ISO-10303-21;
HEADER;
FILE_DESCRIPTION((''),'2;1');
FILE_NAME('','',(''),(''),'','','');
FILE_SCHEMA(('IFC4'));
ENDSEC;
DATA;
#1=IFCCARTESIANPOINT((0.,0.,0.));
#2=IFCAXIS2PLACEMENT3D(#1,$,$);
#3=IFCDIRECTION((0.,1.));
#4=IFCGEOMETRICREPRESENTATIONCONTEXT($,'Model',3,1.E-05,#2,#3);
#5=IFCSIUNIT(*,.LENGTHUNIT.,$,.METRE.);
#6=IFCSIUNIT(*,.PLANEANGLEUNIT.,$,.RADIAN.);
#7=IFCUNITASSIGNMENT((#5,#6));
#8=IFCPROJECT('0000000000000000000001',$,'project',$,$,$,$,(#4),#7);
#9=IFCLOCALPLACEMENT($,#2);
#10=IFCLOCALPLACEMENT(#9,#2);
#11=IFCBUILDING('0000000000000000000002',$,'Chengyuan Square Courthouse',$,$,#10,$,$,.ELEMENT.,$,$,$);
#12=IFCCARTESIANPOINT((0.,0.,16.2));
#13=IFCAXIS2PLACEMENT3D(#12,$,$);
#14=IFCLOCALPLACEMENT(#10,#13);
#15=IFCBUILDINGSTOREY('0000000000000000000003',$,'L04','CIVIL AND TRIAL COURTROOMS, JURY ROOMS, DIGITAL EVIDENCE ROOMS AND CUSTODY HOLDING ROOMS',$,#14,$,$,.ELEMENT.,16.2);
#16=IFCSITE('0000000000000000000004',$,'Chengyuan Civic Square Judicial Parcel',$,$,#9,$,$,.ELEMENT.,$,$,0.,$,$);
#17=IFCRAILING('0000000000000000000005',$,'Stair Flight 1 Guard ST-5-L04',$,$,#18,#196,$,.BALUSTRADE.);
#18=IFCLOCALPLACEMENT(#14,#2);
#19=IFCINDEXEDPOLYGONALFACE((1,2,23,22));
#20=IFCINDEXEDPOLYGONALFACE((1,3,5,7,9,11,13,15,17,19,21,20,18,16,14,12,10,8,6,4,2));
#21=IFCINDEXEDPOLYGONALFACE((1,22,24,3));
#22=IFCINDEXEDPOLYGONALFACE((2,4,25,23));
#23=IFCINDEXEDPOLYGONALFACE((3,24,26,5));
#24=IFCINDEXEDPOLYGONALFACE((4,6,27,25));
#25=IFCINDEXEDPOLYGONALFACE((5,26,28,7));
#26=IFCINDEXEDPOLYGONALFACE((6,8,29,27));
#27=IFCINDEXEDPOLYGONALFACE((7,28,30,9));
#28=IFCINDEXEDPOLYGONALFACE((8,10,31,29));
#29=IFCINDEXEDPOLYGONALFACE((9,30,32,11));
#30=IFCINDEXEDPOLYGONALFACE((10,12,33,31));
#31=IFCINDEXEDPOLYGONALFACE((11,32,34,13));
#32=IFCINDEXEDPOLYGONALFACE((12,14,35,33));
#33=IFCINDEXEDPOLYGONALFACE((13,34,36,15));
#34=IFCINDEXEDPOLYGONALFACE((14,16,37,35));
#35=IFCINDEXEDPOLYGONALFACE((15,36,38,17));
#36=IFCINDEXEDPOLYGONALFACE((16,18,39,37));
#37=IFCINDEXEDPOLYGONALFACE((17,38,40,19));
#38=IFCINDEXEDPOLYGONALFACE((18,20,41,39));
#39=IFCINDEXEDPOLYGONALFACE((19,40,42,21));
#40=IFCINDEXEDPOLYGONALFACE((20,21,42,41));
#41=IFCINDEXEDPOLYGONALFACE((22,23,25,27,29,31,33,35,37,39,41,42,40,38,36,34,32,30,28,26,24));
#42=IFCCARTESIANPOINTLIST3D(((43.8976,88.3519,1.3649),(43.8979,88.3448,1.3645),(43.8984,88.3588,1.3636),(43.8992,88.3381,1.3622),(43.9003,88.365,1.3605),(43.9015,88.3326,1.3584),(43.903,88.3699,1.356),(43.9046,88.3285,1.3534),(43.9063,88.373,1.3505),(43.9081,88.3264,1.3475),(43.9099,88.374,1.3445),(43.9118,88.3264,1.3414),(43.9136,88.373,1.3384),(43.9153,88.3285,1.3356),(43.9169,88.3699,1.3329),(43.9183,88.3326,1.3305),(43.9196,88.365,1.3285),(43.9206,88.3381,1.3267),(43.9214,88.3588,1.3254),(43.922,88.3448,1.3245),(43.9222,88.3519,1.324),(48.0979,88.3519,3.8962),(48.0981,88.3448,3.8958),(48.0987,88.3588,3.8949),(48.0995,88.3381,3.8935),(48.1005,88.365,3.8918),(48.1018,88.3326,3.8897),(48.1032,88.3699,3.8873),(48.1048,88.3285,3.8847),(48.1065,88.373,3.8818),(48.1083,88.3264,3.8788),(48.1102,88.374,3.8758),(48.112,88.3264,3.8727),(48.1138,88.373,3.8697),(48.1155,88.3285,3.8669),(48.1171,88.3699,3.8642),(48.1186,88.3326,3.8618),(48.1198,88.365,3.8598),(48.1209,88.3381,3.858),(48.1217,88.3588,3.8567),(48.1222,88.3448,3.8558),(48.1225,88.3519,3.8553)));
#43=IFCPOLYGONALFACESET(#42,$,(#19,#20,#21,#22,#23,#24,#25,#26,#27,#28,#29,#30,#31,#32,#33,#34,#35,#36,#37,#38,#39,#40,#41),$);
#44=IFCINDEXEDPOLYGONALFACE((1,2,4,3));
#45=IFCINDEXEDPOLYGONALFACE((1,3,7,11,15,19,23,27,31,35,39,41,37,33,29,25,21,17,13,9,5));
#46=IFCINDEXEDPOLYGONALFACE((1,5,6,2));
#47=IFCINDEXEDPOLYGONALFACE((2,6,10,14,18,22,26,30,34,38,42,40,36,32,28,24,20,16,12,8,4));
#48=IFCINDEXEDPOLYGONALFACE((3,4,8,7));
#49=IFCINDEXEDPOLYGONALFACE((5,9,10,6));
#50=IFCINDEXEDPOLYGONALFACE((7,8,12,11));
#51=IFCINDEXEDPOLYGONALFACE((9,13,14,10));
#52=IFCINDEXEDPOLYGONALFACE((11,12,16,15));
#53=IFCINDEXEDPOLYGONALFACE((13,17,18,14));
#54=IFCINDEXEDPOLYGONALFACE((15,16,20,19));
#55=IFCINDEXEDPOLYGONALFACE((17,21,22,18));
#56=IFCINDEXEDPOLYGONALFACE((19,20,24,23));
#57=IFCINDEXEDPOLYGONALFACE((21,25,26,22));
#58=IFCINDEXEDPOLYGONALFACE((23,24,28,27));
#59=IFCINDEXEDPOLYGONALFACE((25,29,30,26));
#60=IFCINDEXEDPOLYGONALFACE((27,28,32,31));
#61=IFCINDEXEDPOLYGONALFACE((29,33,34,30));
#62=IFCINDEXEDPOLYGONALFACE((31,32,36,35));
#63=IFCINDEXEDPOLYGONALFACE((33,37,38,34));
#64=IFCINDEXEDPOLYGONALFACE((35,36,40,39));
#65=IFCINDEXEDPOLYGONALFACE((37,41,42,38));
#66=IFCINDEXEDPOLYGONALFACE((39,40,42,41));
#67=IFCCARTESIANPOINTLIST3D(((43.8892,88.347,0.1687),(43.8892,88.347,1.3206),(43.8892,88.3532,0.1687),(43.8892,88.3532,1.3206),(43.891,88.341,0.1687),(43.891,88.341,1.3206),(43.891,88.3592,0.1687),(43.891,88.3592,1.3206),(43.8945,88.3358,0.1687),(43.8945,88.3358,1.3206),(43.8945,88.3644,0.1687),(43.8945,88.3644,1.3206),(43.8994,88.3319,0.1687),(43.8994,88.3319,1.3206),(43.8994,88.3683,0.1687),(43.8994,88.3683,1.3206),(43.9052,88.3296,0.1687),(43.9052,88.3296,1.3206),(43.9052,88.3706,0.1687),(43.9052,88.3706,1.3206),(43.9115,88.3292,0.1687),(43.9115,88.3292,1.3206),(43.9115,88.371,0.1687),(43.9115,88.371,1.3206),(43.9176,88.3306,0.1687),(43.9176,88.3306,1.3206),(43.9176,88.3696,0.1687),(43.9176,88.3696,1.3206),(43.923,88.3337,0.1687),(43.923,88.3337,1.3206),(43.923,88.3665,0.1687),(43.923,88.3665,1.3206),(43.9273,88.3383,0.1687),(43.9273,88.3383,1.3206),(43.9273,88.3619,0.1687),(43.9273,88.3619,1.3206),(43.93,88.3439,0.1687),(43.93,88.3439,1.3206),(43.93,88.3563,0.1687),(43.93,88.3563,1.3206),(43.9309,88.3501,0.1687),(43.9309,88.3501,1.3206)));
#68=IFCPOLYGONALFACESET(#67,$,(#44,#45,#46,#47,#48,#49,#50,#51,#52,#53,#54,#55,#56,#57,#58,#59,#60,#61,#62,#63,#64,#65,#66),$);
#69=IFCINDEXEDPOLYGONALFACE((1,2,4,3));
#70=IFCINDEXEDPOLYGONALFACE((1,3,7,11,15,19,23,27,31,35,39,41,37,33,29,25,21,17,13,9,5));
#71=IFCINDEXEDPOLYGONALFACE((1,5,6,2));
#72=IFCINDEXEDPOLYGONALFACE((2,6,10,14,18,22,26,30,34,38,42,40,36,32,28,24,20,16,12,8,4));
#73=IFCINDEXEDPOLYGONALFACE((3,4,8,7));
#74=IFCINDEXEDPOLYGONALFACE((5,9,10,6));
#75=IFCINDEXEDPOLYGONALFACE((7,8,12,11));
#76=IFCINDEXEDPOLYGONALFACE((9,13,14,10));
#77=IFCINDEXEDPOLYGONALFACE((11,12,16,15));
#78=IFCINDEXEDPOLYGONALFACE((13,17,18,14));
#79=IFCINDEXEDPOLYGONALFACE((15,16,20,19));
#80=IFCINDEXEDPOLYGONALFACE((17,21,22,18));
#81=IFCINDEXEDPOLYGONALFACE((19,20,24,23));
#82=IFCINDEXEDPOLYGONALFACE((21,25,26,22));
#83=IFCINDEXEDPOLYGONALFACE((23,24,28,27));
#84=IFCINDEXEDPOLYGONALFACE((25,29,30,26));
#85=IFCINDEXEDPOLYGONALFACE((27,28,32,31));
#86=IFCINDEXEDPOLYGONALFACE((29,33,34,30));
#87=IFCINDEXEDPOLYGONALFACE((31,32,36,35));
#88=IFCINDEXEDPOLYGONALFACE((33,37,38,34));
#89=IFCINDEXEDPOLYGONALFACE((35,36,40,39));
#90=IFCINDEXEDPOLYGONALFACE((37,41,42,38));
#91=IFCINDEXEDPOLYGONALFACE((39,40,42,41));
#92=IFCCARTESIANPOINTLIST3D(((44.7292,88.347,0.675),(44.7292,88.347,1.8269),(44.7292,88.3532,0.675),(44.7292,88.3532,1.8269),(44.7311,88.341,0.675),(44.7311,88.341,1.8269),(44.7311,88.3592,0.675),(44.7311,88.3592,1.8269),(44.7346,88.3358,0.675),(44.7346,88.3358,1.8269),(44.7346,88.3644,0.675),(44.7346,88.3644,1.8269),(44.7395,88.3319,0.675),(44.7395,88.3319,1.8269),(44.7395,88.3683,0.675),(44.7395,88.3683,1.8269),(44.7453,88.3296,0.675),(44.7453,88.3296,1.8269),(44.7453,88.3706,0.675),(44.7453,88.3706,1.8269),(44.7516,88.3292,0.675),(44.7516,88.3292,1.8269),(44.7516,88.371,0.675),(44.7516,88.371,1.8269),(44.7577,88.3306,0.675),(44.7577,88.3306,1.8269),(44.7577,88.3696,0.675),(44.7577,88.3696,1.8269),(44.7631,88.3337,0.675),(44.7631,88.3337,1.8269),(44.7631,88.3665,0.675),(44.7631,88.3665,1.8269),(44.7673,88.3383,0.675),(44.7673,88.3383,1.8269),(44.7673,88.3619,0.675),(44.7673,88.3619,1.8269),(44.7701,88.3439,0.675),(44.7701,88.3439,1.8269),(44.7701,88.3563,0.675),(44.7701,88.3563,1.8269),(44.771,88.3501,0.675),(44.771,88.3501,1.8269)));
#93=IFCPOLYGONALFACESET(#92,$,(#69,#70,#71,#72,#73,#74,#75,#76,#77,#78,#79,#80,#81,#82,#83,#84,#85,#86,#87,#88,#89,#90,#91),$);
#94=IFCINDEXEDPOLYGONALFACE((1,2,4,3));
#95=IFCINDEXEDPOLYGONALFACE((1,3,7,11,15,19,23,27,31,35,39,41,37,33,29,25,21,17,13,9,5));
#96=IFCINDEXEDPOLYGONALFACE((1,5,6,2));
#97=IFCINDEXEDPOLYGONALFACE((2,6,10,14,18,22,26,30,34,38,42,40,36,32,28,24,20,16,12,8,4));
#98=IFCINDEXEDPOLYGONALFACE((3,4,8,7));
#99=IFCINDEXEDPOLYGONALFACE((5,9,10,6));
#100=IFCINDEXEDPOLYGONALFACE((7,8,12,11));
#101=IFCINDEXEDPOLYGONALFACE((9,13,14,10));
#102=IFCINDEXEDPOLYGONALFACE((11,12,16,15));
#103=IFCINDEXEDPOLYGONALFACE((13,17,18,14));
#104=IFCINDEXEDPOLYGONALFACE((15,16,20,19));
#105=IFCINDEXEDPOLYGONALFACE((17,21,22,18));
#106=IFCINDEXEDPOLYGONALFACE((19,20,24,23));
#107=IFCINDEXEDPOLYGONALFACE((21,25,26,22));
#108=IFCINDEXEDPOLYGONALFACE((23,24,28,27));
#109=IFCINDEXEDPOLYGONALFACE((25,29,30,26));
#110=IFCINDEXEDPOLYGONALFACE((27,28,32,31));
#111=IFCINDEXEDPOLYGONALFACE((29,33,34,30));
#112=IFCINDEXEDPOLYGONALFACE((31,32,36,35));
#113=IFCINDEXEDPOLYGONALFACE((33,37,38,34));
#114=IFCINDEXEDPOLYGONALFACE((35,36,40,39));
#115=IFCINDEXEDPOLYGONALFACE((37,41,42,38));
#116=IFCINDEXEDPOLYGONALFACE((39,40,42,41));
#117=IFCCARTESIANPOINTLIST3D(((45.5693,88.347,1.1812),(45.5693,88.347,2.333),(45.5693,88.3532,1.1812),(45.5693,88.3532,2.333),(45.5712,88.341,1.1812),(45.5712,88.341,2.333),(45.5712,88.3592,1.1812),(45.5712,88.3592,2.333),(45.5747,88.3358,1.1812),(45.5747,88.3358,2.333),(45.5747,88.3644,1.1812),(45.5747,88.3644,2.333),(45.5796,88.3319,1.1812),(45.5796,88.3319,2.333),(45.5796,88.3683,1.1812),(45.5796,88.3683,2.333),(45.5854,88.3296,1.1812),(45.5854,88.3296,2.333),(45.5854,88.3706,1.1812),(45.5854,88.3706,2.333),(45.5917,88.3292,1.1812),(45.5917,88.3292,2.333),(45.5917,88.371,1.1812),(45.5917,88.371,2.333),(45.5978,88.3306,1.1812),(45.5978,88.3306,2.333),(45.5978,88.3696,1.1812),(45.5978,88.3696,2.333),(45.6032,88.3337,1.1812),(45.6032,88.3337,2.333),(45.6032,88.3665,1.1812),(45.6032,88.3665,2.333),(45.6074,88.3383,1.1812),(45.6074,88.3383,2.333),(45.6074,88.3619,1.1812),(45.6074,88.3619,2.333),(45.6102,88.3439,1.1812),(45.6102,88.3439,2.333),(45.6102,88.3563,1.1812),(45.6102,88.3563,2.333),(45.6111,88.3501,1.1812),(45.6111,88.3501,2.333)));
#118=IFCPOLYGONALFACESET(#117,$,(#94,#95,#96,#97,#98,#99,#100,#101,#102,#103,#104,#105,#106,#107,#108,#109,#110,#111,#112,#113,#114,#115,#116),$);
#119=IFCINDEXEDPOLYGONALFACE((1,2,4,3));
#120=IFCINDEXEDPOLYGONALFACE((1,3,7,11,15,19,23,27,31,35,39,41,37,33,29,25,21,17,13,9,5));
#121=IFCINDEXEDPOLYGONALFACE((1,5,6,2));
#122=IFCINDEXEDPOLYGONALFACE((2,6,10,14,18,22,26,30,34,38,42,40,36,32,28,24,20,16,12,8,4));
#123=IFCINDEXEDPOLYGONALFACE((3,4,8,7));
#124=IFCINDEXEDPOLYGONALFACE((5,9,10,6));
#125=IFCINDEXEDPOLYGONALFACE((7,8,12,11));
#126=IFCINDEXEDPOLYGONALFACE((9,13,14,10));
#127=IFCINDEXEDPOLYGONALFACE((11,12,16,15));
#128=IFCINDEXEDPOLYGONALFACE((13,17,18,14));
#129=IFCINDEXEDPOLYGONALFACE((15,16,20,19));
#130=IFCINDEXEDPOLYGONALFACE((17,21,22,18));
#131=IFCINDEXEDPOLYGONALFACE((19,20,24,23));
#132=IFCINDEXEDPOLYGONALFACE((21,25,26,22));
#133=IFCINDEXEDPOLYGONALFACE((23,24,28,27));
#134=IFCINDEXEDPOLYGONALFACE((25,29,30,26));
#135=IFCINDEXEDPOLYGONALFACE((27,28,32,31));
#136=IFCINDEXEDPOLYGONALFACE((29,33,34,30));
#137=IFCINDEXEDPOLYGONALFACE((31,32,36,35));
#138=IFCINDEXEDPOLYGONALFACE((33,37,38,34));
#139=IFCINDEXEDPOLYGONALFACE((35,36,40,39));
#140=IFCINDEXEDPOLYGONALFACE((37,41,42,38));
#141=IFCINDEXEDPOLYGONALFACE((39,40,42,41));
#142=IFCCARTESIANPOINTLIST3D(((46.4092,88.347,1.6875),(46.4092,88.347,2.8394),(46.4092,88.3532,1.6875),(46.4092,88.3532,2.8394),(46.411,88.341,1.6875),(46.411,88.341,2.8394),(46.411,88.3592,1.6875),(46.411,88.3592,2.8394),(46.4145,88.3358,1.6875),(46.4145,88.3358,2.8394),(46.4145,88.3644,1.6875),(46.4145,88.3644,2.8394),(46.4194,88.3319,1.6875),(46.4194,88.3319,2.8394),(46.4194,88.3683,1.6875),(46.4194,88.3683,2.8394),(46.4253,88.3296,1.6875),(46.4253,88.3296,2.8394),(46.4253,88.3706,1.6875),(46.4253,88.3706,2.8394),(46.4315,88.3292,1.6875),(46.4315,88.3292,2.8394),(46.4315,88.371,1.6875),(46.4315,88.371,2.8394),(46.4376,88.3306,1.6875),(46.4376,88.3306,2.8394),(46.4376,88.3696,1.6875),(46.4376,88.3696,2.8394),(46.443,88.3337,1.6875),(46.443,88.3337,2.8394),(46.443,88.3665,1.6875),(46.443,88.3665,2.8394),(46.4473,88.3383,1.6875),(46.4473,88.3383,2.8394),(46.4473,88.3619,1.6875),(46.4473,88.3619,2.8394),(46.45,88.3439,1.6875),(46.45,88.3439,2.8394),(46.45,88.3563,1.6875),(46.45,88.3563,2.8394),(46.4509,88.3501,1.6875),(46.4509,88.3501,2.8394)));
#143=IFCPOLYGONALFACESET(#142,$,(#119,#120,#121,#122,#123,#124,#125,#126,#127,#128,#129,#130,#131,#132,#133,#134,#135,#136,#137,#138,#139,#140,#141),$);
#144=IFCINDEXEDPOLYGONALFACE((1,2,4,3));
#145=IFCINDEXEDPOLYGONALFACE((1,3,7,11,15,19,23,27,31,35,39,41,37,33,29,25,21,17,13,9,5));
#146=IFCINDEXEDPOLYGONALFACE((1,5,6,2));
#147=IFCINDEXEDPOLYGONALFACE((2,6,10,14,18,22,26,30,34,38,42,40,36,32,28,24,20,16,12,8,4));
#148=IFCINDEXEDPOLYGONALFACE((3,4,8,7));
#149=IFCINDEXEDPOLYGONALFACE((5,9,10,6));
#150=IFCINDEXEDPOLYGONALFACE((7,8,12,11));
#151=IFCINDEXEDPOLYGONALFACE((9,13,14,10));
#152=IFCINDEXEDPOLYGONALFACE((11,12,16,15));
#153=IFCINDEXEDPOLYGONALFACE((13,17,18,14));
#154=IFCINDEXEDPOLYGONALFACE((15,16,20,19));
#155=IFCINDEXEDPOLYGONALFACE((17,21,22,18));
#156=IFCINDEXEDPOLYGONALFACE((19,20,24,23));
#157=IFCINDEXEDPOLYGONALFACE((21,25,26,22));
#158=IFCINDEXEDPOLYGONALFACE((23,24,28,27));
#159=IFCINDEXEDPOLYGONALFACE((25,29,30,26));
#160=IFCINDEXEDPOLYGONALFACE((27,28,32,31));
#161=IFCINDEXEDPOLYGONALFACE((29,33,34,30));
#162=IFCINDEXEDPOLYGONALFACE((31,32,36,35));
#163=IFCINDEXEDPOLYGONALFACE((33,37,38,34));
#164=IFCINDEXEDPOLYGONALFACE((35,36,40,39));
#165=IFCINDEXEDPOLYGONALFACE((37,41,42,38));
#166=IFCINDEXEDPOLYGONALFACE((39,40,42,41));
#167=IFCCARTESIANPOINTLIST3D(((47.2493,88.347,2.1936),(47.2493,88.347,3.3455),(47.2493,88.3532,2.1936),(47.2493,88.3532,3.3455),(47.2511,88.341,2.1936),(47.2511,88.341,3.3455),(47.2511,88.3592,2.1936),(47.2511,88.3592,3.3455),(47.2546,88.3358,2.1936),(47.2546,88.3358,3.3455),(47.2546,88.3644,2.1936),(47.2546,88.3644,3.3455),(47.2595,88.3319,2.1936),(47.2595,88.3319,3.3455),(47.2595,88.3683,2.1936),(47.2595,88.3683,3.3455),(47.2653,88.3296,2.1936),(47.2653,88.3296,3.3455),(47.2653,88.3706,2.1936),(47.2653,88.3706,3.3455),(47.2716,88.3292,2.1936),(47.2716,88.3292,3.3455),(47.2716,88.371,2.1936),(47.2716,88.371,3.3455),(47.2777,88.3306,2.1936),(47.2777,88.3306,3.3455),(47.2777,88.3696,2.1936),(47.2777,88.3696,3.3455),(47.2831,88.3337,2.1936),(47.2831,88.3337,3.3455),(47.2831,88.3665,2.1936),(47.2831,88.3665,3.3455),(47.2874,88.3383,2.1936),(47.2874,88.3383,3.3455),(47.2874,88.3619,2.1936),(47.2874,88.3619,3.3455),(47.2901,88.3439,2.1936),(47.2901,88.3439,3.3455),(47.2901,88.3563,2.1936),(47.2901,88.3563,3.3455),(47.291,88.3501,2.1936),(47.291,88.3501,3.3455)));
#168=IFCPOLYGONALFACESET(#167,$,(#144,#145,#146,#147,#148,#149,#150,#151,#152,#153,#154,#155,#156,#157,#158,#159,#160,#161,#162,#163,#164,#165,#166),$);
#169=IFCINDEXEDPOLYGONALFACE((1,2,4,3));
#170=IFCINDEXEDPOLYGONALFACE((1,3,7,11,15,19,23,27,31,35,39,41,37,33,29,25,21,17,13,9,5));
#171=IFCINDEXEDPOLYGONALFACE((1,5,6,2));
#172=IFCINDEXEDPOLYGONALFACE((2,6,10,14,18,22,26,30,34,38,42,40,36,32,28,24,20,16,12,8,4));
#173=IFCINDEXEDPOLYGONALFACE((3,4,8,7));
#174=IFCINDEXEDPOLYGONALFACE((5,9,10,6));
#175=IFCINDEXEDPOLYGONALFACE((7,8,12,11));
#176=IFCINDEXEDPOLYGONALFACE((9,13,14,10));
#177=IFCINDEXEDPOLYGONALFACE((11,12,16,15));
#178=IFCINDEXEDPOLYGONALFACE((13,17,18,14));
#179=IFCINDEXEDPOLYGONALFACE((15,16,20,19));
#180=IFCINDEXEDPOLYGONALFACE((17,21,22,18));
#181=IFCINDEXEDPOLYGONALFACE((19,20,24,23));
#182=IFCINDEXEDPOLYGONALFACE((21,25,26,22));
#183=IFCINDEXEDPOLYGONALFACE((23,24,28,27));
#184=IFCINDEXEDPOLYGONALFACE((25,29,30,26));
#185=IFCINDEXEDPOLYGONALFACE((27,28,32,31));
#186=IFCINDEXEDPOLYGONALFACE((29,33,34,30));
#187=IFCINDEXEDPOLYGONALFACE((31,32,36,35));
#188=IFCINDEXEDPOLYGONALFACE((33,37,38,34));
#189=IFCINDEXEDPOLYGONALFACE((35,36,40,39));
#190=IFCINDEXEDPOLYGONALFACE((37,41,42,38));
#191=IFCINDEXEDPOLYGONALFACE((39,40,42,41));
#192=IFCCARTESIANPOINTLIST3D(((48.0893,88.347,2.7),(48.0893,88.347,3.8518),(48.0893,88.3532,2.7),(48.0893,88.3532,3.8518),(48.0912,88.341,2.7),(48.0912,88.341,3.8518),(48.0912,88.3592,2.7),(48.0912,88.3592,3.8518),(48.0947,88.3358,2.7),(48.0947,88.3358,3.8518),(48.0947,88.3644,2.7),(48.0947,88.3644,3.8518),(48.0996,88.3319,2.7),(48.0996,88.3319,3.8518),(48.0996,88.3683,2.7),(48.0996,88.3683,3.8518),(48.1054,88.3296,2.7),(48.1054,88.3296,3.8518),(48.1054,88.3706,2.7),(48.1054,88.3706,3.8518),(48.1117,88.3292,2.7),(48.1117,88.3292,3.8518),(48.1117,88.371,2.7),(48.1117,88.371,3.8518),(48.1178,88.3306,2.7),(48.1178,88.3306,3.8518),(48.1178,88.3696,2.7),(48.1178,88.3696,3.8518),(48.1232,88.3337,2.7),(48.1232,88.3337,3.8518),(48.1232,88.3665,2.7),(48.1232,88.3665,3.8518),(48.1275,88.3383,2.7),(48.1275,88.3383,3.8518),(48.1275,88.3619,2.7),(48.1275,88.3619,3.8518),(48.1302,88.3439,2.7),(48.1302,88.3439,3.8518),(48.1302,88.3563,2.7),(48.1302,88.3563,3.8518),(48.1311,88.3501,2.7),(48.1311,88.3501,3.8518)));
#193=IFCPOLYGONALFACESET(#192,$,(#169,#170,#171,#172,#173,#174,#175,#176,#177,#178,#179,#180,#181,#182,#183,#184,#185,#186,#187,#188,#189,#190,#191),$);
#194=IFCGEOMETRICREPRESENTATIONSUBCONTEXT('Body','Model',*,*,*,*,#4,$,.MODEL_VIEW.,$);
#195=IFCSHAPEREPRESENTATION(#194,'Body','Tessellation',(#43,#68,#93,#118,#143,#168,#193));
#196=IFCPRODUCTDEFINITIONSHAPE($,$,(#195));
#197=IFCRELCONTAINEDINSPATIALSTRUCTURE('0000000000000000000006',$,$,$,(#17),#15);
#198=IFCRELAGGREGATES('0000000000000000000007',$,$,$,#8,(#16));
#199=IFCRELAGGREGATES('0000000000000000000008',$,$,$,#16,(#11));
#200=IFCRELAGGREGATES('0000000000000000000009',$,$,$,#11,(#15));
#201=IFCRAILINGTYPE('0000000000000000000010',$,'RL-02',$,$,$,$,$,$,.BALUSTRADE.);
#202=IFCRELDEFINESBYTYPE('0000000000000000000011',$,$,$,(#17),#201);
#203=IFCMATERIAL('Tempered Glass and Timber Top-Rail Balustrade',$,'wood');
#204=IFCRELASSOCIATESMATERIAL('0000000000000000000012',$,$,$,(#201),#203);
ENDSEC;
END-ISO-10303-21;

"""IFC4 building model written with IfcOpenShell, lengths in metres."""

from ifc_helpers import new_model, si_unit, direction, frame, origin, origin_2d, place, context, subcontext, project, spatial, circle, extrude, material, type_object, element, save


model = new_model("IFC4")

# Units and contexts
model_context = context("Model", 3, precision=1e-05, world=origin(), true_north=direction((0.0, 1.0)))
body_context = subcontext(model_context, "Body", "Model", "MODEL_VIEW")
ifc_project = project(units=[si_unit("LENGTHUNIT", "METRE"), si_unit("PLANEANGLEUNIT", "RADIAN")], contexts=[model_context])

# Site, building, storey
site_placement = place(None, origin())
site = spatial("IfcSite", under=ifc_project, at=site_placement, Name="Chengyuan Civic Square Judicial Parcel", CompositionType="ELEMENT", RefElevation=0.0)
building_placement = place(site_placement, origin())
building = spatial("IfcBuilding", under=site, at=building_placement, Name="Chengyuan Square Courthouse", CompositionType="ELEMENT")
storey_placement = place(building_placement, frame((0.0, 0.0, 16.2)))
storey = spatial("IfcBuildingStorey", under=building, at=storey_placement, Name="L04", Description="CIVIL AND TRIAL COURTROOMS, JURY ROOMS, DIGITAL EVIDENCE ROOMS AND CUSTODY HOLDING ROOMS", CompositionType="ELEMENT", Elevation=16.2)

# Railing
ifc_material_1 = material(Name="Tempered Glass and Timber Top-Rail Balustrade", Category="wood")
railing_type_1 = type_object("IfcRailingType", Name="RL-02", PredefinedType="BALUSTRADE", material=ifc_material_1)
railing_1_placement = place(storey_placement, frame((43.9099, 88.3501, 0.1687)))
element("IfcRailing", 1, at=railing_1_placement, inside=storey, type_object=railing_type_1, Name="Stair Flight 1 Guard ST-5-L04", PredefinedType="BALUSTRADE", context=body_context, shape_type="SweptSolid", body=[
    extrude(circle(Radius=0.0239, at=origin_2d()), frame((0.0, 0.0, 1.1758), z_axis=(0.85649, 0.0, 0.516164), x_axis=(0.0, 1.0, 0.0)), (0.0, 0.0, 1.0), 4.9041),
    extrude(circle(Radius=0.021, at=origin_2d()), origin(), (0.0, 0.0, 1.0), 1.1519),
    extrude(circle(Radius=0.021, at=origin_2d()), frame((0.8401, 0.0, 0.5063)), (0.0, 0.0, 1.0), 1.1519),
    extrude(circle(Radius=0.021, at=origin_2d()), frame((1.6802, 0.0, 1.0125)), (0.0, 0.0, 1.0), 1.1519),
    extrude(circle(Radius=0.021, at=origin_2d()), frame((2.52, 0.0, 1.5188)), (0.0, 0.0, 1.0), 1.1519),
    extrude(circle(Radius=0.021, at=origin_2d()), frame((3.3601, 0.0, 2.0249)), (0.0, 0.0, 1.0), 1.1519),
    extrude(circle(Radius=0.021, at=origin_2d()), frame((4.2002, 0.0, 2.5312)), (0.0, 0.0, 1.0), 1.1519),
])

save(model, "model.ifc")
